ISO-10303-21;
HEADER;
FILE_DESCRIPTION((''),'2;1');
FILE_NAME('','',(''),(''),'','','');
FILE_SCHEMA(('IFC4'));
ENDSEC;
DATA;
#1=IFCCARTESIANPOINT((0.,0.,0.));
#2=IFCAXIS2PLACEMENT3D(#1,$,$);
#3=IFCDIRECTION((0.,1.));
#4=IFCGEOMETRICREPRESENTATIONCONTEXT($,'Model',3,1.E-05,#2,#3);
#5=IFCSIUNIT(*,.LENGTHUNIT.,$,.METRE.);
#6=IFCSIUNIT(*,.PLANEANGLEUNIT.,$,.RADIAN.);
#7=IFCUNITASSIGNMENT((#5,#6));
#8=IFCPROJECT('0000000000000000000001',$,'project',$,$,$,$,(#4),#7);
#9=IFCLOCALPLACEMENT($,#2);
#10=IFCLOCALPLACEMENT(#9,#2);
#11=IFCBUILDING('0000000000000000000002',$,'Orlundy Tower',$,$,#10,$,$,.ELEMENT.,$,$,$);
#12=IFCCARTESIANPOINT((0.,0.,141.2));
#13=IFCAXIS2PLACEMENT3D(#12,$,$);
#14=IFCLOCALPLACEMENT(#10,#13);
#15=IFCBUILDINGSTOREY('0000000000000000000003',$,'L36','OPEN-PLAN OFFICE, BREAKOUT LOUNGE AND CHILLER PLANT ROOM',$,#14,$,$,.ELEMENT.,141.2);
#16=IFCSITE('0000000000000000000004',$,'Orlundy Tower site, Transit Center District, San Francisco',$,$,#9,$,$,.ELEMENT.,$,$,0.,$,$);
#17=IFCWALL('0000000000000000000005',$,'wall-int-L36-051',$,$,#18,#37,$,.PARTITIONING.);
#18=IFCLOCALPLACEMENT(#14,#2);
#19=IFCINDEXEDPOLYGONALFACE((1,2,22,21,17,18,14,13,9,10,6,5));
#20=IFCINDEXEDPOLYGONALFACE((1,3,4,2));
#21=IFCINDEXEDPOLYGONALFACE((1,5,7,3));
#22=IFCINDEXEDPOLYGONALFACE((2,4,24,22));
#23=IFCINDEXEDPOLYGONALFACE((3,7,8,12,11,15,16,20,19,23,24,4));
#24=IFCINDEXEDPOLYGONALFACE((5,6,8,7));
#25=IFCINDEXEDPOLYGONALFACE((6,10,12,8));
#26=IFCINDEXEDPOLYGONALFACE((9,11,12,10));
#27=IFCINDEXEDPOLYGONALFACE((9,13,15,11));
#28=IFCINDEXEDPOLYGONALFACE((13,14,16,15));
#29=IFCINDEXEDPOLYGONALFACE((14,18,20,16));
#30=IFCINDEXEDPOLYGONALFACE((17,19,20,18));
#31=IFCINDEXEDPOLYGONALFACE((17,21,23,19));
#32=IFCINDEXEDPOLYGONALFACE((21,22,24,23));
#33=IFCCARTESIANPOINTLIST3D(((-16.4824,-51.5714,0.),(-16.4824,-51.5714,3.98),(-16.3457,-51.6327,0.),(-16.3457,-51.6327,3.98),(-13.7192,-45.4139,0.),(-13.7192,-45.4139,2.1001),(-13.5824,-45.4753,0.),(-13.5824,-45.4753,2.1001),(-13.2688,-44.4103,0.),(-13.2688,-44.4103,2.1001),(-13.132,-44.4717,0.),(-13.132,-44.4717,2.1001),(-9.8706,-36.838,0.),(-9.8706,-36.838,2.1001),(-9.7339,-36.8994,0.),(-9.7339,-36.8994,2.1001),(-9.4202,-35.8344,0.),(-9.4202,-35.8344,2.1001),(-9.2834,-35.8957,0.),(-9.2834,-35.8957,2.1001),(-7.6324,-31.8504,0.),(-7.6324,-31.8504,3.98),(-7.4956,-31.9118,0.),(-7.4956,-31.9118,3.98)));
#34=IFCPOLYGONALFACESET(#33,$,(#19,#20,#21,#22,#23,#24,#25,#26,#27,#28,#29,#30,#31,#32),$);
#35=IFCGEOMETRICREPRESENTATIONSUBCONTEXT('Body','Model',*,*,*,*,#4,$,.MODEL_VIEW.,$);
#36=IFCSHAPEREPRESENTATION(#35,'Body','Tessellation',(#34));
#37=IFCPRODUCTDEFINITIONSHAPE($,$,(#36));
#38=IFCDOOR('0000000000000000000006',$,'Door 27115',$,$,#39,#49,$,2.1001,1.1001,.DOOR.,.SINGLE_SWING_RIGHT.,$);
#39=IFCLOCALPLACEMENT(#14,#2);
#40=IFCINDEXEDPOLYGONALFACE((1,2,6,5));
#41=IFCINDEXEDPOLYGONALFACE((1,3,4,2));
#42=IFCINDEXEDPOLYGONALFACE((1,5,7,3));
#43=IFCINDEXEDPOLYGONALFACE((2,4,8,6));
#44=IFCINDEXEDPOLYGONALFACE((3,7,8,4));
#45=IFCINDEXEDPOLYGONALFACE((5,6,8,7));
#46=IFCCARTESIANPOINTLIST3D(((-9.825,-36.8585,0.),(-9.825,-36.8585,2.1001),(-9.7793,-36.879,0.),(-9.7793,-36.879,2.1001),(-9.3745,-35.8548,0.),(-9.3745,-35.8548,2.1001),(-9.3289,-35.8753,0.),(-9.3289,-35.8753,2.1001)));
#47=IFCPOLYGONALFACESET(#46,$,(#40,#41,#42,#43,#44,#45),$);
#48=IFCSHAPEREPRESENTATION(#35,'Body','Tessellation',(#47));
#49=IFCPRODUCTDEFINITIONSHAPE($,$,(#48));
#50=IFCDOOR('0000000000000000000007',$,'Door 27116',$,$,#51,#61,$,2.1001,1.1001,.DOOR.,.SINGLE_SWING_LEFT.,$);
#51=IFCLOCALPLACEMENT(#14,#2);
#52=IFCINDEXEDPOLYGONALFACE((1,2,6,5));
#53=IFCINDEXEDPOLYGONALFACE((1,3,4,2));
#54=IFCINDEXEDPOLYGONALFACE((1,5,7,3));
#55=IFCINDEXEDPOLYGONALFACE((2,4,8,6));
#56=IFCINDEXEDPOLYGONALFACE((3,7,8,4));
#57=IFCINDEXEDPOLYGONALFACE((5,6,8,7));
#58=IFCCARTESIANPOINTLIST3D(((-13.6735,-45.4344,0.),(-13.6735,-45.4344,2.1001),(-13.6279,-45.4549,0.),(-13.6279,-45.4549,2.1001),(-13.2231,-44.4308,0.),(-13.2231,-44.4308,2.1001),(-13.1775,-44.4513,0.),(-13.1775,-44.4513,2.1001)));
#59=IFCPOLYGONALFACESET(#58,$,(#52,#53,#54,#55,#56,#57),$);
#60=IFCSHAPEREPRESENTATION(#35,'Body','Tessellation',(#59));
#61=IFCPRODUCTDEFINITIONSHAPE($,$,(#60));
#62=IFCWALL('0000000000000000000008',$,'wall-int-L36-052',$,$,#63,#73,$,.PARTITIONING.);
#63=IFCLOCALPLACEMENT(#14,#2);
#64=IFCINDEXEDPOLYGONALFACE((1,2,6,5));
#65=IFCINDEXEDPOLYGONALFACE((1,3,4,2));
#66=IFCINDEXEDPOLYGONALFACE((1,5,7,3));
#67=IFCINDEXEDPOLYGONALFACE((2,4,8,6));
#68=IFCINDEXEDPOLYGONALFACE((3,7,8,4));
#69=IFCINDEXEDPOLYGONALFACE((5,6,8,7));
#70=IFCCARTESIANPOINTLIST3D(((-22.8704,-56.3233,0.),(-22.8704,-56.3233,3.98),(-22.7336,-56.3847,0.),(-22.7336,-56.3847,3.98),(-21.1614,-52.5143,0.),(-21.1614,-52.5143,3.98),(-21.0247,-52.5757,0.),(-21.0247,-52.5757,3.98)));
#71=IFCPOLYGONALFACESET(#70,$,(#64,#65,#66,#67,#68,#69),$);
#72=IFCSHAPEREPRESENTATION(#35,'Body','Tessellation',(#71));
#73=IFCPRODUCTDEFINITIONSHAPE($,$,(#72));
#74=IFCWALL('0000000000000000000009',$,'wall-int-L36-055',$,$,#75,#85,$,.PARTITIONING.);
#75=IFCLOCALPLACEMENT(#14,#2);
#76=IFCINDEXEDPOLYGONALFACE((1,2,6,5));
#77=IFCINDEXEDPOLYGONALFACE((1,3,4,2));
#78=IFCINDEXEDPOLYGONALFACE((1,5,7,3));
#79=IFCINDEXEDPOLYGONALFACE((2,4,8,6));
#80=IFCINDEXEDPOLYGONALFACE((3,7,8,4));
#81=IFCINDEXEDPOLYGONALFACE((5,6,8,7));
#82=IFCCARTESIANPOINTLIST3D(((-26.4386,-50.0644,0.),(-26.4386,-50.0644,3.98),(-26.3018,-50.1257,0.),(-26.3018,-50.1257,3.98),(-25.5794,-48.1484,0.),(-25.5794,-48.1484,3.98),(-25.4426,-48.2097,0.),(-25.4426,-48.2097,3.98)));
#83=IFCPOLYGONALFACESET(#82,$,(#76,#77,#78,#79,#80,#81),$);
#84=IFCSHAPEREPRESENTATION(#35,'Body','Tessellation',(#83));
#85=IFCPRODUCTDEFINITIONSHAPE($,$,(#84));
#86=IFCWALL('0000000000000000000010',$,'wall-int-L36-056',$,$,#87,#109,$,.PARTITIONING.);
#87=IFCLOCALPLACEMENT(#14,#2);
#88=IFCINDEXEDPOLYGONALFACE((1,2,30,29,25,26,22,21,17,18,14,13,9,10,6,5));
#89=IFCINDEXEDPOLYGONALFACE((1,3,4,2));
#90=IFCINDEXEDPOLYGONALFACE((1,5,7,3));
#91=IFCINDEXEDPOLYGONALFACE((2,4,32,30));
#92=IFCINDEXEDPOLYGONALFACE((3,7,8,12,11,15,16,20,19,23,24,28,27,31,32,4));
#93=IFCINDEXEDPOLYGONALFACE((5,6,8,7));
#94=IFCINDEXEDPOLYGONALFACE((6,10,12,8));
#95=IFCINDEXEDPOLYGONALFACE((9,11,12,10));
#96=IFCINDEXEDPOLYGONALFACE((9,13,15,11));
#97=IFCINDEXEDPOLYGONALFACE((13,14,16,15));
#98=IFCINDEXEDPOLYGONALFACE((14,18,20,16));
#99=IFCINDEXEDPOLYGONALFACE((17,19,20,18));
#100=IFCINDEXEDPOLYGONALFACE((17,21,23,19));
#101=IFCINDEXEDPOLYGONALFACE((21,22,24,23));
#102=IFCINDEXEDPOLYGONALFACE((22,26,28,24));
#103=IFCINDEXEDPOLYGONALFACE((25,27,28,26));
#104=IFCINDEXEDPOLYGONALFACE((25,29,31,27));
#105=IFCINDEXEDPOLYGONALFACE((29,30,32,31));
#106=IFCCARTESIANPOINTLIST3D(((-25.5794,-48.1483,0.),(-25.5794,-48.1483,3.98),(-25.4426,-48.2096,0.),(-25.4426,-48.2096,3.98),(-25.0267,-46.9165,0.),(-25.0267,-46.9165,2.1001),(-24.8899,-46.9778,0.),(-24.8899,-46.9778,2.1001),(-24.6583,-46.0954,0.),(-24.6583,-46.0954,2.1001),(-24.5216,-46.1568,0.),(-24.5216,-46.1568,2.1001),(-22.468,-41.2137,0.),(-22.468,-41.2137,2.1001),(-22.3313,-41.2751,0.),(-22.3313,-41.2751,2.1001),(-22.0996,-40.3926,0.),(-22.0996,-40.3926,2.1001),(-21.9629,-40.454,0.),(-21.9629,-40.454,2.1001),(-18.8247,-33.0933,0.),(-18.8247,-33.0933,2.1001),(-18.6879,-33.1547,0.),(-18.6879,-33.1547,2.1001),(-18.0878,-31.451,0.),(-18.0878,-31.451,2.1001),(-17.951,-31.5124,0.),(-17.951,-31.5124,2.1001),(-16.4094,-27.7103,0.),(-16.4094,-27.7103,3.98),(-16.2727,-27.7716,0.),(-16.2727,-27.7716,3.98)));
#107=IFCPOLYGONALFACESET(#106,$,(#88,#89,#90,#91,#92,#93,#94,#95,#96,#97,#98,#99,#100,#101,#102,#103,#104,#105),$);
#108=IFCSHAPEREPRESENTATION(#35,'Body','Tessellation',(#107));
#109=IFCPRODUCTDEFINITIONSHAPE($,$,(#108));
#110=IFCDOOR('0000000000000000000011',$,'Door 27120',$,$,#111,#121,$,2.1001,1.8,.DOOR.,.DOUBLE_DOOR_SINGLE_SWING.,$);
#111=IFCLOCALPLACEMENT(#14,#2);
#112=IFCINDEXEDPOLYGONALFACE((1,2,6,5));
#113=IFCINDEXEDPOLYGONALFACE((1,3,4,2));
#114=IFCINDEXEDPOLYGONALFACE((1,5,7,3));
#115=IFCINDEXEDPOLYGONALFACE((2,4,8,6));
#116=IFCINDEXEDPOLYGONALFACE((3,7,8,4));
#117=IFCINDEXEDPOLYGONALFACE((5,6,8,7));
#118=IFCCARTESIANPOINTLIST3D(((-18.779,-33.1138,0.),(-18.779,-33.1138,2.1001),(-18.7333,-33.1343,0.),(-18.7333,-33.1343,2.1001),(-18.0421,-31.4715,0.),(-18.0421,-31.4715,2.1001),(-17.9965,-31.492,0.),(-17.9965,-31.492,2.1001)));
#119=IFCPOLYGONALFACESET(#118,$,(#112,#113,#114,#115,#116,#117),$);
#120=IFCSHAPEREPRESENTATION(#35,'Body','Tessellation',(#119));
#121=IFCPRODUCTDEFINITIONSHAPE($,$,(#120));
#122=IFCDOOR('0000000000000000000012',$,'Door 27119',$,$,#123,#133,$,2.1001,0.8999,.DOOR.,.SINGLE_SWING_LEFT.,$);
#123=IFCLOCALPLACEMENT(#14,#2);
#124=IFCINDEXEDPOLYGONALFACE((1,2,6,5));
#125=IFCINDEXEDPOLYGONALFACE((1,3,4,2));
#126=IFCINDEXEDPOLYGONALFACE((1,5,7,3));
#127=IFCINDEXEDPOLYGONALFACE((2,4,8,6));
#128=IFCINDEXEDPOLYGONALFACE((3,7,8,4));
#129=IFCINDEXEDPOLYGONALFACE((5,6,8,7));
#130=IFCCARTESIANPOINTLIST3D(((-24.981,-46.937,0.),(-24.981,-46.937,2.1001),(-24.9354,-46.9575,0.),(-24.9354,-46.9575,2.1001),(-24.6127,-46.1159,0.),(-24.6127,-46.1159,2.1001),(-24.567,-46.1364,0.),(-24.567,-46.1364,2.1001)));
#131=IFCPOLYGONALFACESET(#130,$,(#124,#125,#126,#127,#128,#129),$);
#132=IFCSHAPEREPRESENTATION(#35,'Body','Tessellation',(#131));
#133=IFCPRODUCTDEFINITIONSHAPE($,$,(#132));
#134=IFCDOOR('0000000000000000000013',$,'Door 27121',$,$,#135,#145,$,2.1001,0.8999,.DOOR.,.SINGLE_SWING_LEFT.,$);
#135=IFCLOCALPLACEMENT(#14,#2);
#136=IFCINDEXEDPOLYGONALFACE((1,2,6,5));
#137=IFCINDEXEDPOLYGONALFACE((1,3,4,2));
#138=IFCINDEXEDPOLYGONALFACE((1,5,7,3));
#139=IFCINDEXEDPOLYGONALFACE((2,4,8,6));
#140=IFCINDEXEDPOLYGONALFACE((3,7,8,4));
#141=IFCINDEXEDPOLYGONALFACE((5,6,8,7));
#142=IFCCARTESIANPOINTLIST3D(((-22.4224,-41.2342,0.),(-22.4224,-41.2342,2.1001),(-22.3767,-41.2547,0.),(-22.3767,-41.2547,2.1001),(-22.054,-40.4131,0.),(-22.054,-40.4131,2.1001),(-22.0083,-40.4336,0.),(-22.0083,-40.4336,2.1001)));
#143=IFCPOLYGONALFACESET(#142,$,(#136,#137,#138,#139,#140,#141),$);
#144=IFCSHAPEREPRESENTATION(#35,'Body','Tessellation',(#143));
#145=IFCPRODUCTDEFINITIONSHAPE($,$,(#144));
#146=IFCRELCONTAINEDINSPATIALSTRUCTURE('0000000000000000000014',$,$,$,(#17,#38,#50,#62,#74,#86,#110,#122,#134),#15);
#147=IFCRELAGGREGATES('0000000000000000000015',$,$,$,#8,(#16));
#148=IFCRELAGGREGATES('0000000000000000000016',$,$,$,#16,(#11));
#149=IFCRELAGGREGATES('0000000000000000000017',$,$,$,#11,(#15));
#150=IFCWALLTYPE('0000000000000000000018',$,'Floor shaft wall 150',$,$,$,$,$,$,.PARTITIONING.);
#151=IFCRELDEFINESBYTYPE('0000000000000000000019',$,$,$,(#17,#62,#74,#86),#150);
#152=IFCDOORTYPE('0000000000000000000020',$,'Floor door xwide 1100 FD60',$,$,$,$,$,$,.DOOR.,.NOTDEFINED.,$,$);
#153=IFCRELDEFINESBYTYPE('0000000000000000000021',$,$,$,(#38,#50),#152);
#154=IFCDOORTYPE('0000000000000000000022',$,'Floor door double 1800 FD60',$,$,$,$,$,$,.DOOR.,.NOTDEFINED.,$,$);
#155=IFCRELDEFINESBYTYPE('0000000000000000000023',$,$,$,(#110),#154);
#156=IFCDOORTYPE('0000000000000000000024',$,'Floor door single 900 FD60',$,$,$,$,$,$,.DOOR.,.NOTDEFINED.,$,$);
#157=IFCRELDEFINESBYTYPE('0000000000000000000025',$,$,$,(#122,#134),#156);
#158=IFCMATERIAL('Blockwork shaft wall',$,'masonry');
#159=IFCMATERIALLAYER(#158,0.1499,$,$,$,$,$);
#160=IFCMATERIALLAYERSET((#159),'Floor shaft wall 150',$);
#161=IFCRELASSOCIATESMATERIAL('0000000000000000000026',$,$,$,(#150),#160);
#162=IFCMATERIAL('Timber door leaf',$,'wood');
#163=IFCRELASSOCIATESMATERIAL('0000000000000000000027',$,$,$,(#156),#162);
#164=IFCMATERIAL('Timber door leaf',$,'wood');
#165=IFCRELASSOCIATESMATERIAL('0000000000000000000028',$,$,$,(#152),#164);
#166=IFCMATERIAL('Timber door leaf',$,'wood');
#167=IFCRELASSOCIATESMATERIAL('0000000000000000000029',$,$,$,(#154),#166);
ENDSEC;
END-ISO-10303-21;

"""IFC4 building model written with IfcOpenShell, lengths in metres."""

from ifc_helpers import new_model, si_unit, direction, frame, frame_2d, origin, place, context, subcontext, project, spatial, rectangle, extrude, material, layer, layer_set, type_object, element, fill, save


model = new_model("IFC4")

# Units and contexts
model_context = context("Model", 3, precision=1e-05, world=origin(), true_north=direction((0.0, 1.0)))
body_context = subcontext(model_context, "Body", "Model", "MODEL_VIEW")
ifc_project = project(units=[si_unit("LENGTHUNIT", "METRE"), si_unit("PLANEANGLEUNIT", "RADIAN")], contexts=[model_context])

# Site, building, storey
site_placement = place(None, origin())
site = spatial("IfcSite", under=ifc_project, at=site_placement, Name="Orlundy Tower site, Transit Center District, San Francisco", CompositionType="ELEMENT", RefElevation=0.0)
building_placement = place(site_placement, origin())
building = spatial("IfcBuilding", under=site, at=building_placement, Name="Orlundy Tower", CompositionType="ELEMENT")
storey_placement = place(building_placement, frame((0.0, 0.0, 141.2)))
storey = spatial("IfcBuildingStorey", under=building, at=storey_placement, Name="L36", Description="OPEN-PLAN OFFICE, BREAKOUT LOUNGE AND CHILLER PLANT ROOM", CompositionType="ELEMENT", Elevation=141.2)

# Shared definitions
ifc_material_1 = material(Name="Blockwork shaft wall", Category="masonry")
ifc_layer_1 = layer(ifc_material_1, 0.1499)
ifc_layer_set_1 = layer_set([ifc_layer_1], Name="Floor shaft wall 150")
wall_type_1 = type_object("IfcWallType", Name="Floor shaft wall 150", PredefinedType="PARTITIONING", material=ifc_layer_set_1)

# Shared definitions
ifc_material_2 = material(Name="Timber door leaf", Category="wood")
door_type_1 = type_object("IfcDoorType", Name="Floor door single 900 FD60", OperationType="NOTDEFINED", PredefinedType="DOOR", material=ifc_material_2)

# Wall, openings, doors
wall_1_placement = place(storey_placement, frame((-16.4141, -51.6021, 0.0), z_axis=(0.0, 0.0, 1.0), x_axis=(0.409428, 0.912342, 0.0)))
wall_1 = element("IfcWall", 1, at=wall_1_placement, inside=storey, type_object=wall_type_1, Name="wall-int-L36-051", PredefinedType="PARTITIONING", context=body_context, shape_type="SweptSolid", body=[
    extrude(rectangle(XDim=21.6157, YDim=0.1499, at=frame_2d((10.8079, 0.0))), origin(), (0.0, 0.0, 1.0), 3.98),
])
opening_1_placement = place(wall_1_placement, frame((16.1489, 0.0, 0.0)))
opening_1 = element("IfcOpeningElement", 2, at=opening_1_placement, cuts=wall_1, PredefinedType="OPENING", context=body_context, shape_type="SweptSolid", body=[
    extrude(rectangle(XDim=1.1001, YDim=2.1001, at=frame_2d((0.55, 1.05))), frame((0.0, 0.085, 0.0), z_axis=(0.0, -1.0, 0.0), x_axis=(1.0, 0.0, 0.0)), (0.0, 0.0, 1.0), 0.1699),
])
opening_2_placement = place(wall_1_placement, frame((6.749, 0.0, 0.0)))
opening_2 = element("IfcOpeningElement", 3, at=opening_2_placement, cuts=wall_1, PredefinedType="OPENING", context=body_context, shape_type="SweptSolid", body=[
    extrude(rectangle(XDim=1.1001, YDim=2.1001, at=frame_2d((0.55, 1.05))), frame((0.0, 0.085, 0.0), z_axis=(0.0, -1.0, 0.0), x_axis=(1.0, 0.0, 0.0)), (0.0, 0.0, 1.0), 0.1699),
])
ifc_material_3 = material(Name="Timber door leaf", Category="wood")
door_type_2 = type_object("IfcDoorType", Name="Floor door xwide 1100 FD60", OperationType="NOTDEFINED", PredefinedType="DOOR", material=ifc_material_3)
door_1_placement = place(opening_1_placement, origin())
door_1 = element("IfcDoor", 4, at=door_1_placement, inside=storey, type_object=door_type_2, Name="Door 27115", OperationType="SINGLE_SWING_RIGHT", OverallHeight=2.1001, OverallWidth=1.1001, PredefinedType="DOOR", context=body_context, shape_type="SweptSolid", body=[
    extrude(rectangle(XDim=1.1001, YDim=2.1001, at=frame_2d((0.55, 1.05))), frame((0.0, 0.0249, 0.0), z_axis=(0.0, -1.0, 0.0), x_axis=(1.0, 0.0, 0.0)), (0.0, 0.0, 1.0), 0.05),
])
fill(opening_1, door_1)
door_2_placement = place(opening_2_placement, origin())
door_2 = element("IfcDoor", 5, at=door_2_placement, inside=storey, type_object=door_type_2, Name="Door 27116", OperationType="SINGLE_SWING_LEFT", OverallHeight=2.1001, OverallWidth=1.1001, PredefinedType="DOOR", context=body_context, shape_type="SweptSolid", body=[
    extrude(rectangle(XDim=1.1001, YDim=2.1001, at=frame_2d((0.55, 1.05))), frame((0.0, 0.0249, 0.0), z_axis=(0.0, -1.0, 0.0), x_axis=(1.0, 0.0, 0.0)), (0.0, 0.0, 1.0), 0.05),
])
fill(opening_2, door_2)

# Walls
wall_2_placement = place(storey_placement, frame((-22.802, -56.354, 0.0), z_axis=(0.0, 0.0, 1.0), x_axis=(0.409348, 0.912378, 0.0)))
element("IfcWall", 6, at=wall_2_placement, inside=storey, type_object=wall_type_1, Name="wall-int-L36-052", PredefinedType="PARTITIONING", context=body_context, shape_type="SweptSolid", body=[
    extrude(rectangle(XDim=4.1748, YDim=0.1499, at=frame_2d((2.0874, 0.0))), origin(), (0.0, 0.0, 1.0), 3.98),
])
wall_3_placement = place(storey_placement, frame((-26.3701, -50.095, 0.0), z_axis=(0.0, 0.0, 1.0), x_axis=(0.409146, 0.912469, 0.0)))
element("IfcWall", 7, at=wall_3_placement, inside=storey, type_object=wall_type_1, Name="wall-int-L36-055", PredefinedType="PARTITIONING", context=body_context, shape_type="SweptSolid", body=[
    extrude(rectangle(XDim=2.0999, YDim=0.1499, at=frame_2d((1.0498, 0.0))), origin(), (0.0, 0.0, 1.0), 3.98),
])

# Wall, openings, doors
wall_4_placement = place(storey_placement, frame((-25.511, -48.179, 0.0), z_axis=(0.0, 0.0, 1.0), x_axis=(0.409356, 0.912375, 0.0)))
wall_4 = element("IfcWall", 8, at=wall_4_placement, inside=storey, type_object=wall_type_1, Name="wall-int-L36-056", PredefinedType="PARTITIONING", context=body_context, shape_type="SweptSolid", body=[
    extrude(rectangle(XDim=22.4009, YDim=0.1499, at=frame_2d((11.2004, 0.0))), origin(), (0.0, 0.0, 1.0), 3.98),
])
opening_3_placement = place(wall_4_placement, frame((1.3501, 0.0, 0.0)))
opening_3 = element("IfcOpeningElement", 9, at=opening_3_placement, cuts=wall_4, PredefinedType="OPENING", context=body_context, shape_type="SweptSolid", body=[
    extrude(rectangle(XDim=0.8999, YDim=2.1001, at=frame_2d((0.45, 1.05))), frame((0.0, 0.085, 0.0), z_axis=(0.0, -1.0, 0.0), x_axis=(1.0, 0.0, 0.0)), (0.0, 0.0, 1.0), 0.1699),
])
opening_4_placement = place(wall_4_placement, frame((16.501, 0.0, 0.0)))
opening_4 = element("IfcOpeningElement", 10, at=opening_4_placement, cuts=wall_4, PredefinedType="OPENING", context=body_context, shape_type="SweptSolid", body=[
    extrude(rectangle(XDim=1.8, YDim=2.1001, at=frame_2d((0.8999, 1.05))), frame((0.0, 0.085, 0.0), z_axis=(0.0, -1.0, 0.0), x_axis=(1.0, 0.0, 0.0)), (0.0, 0.0, 1.0), 0.1699),
])
opening_5_placement = place(wall_4_placement, frame((7.6006, 0.0, 0.0)))
opening_5 = element("IfcOpeningElement", 11, at=opening_5_placement, cuts=wall_4, PredefinedType="OPENING", context=body_context, shape_type="SweptSolid", body=[
    extrude(rectangle(XDim=0.8999, YDim=2.1001, at=frame_2d((0.45, 1.05))), frame((0.0, 0.085, 0.0), z_axis=(0.0, -1.0, 0.0), x_axis=(1.0, 0.0, 0.0)), (0.0, 0.0, 1.0), 0.1699),
])
ifc_material_4 = material(Name="Timber door leaf", Category="wood")
door_type_3 = type_object("IfcDoorType", Name="Floor door double 1800 FD60", OperationType="NOTDEFINED", PredefinedType="DOOR", material=ifc_material_4)
door_3_placement = place(opening_4_placement, origin())
door_3 = element("IfcDoor", 12, at=door_3_placement, inside=storey, type_object=door_type_3, Name="Door 27120", OperationType="DOUBLE_DOOR_SINGLE_SWING", OverallHeight=2.1001, OverallWidth=1.8, PredefinedType="DOOR", context=body_context, shape_type="SweptSolid", body=[
    extrude(rectangle(XDim=1.8, YDim=2.1001, at=frame_2d((0.8999, 1.05))), frame((0.0, 0.0249, 0.0), z_axis=(0.0, -1.0, 0.0), x_axis=(1.0, 0.0, 0.0)), (0.0, 0.0, 1.0), 0.05),
])
fill(opening_4, door_3)
door_4_placement = place(opening_3_placement, origin())
door_4 = element("IfcDoor", 13, at=door_4_placement, inside=storey, type_object=door_type_1, Name="Door 27119", OperationType="SINGLE_SWING_LEFT", OverallHeight=2.1001, OverallWidth=0.8999, PredefinedType="DOOR", context=body_context, shape_type="SweptSolid", body=[
    extrude(rectangle(XDim=0.8999, YDim=2.1001, at=frame_2d((0.45, 1.05))), frame((0.0, 0.0249, 0.0), z_axis=(0.0, -1.0, 0.0), x_axis=(1.0, 0.0, 0.0)), (0.0, 0.0, 1.0), 0.05),
])
fill(opening_3, door_4)
door_5_placement = place(opening_5_placement, origin())
door_5 = element("IfcDoor", 14, at=door_5_placement, inside=storey, type_object=door_type_1, Name="Door 27121", OperationType="SINGLE_SWING_LEFT", OverallHeight=2.1001, OverallWidth=0.8999, PredefinedType="DOOR", context=body_context, shape_type="SweptSolid", body=[
    extrude(rectangle(XDim=0.8999, YDim=2.1001, at=frame_2d((0.45, 1.05))), frame((0.0, 0.0249, 0.0), z_axis=(0.0, -1.0, 0.0), x_axis=(1.0, 0.0, 0.0)), (0.0, 0.0, 1.0), 0.05),
])
fill(opening_5, door_5)

save(model, "model.ifc")
